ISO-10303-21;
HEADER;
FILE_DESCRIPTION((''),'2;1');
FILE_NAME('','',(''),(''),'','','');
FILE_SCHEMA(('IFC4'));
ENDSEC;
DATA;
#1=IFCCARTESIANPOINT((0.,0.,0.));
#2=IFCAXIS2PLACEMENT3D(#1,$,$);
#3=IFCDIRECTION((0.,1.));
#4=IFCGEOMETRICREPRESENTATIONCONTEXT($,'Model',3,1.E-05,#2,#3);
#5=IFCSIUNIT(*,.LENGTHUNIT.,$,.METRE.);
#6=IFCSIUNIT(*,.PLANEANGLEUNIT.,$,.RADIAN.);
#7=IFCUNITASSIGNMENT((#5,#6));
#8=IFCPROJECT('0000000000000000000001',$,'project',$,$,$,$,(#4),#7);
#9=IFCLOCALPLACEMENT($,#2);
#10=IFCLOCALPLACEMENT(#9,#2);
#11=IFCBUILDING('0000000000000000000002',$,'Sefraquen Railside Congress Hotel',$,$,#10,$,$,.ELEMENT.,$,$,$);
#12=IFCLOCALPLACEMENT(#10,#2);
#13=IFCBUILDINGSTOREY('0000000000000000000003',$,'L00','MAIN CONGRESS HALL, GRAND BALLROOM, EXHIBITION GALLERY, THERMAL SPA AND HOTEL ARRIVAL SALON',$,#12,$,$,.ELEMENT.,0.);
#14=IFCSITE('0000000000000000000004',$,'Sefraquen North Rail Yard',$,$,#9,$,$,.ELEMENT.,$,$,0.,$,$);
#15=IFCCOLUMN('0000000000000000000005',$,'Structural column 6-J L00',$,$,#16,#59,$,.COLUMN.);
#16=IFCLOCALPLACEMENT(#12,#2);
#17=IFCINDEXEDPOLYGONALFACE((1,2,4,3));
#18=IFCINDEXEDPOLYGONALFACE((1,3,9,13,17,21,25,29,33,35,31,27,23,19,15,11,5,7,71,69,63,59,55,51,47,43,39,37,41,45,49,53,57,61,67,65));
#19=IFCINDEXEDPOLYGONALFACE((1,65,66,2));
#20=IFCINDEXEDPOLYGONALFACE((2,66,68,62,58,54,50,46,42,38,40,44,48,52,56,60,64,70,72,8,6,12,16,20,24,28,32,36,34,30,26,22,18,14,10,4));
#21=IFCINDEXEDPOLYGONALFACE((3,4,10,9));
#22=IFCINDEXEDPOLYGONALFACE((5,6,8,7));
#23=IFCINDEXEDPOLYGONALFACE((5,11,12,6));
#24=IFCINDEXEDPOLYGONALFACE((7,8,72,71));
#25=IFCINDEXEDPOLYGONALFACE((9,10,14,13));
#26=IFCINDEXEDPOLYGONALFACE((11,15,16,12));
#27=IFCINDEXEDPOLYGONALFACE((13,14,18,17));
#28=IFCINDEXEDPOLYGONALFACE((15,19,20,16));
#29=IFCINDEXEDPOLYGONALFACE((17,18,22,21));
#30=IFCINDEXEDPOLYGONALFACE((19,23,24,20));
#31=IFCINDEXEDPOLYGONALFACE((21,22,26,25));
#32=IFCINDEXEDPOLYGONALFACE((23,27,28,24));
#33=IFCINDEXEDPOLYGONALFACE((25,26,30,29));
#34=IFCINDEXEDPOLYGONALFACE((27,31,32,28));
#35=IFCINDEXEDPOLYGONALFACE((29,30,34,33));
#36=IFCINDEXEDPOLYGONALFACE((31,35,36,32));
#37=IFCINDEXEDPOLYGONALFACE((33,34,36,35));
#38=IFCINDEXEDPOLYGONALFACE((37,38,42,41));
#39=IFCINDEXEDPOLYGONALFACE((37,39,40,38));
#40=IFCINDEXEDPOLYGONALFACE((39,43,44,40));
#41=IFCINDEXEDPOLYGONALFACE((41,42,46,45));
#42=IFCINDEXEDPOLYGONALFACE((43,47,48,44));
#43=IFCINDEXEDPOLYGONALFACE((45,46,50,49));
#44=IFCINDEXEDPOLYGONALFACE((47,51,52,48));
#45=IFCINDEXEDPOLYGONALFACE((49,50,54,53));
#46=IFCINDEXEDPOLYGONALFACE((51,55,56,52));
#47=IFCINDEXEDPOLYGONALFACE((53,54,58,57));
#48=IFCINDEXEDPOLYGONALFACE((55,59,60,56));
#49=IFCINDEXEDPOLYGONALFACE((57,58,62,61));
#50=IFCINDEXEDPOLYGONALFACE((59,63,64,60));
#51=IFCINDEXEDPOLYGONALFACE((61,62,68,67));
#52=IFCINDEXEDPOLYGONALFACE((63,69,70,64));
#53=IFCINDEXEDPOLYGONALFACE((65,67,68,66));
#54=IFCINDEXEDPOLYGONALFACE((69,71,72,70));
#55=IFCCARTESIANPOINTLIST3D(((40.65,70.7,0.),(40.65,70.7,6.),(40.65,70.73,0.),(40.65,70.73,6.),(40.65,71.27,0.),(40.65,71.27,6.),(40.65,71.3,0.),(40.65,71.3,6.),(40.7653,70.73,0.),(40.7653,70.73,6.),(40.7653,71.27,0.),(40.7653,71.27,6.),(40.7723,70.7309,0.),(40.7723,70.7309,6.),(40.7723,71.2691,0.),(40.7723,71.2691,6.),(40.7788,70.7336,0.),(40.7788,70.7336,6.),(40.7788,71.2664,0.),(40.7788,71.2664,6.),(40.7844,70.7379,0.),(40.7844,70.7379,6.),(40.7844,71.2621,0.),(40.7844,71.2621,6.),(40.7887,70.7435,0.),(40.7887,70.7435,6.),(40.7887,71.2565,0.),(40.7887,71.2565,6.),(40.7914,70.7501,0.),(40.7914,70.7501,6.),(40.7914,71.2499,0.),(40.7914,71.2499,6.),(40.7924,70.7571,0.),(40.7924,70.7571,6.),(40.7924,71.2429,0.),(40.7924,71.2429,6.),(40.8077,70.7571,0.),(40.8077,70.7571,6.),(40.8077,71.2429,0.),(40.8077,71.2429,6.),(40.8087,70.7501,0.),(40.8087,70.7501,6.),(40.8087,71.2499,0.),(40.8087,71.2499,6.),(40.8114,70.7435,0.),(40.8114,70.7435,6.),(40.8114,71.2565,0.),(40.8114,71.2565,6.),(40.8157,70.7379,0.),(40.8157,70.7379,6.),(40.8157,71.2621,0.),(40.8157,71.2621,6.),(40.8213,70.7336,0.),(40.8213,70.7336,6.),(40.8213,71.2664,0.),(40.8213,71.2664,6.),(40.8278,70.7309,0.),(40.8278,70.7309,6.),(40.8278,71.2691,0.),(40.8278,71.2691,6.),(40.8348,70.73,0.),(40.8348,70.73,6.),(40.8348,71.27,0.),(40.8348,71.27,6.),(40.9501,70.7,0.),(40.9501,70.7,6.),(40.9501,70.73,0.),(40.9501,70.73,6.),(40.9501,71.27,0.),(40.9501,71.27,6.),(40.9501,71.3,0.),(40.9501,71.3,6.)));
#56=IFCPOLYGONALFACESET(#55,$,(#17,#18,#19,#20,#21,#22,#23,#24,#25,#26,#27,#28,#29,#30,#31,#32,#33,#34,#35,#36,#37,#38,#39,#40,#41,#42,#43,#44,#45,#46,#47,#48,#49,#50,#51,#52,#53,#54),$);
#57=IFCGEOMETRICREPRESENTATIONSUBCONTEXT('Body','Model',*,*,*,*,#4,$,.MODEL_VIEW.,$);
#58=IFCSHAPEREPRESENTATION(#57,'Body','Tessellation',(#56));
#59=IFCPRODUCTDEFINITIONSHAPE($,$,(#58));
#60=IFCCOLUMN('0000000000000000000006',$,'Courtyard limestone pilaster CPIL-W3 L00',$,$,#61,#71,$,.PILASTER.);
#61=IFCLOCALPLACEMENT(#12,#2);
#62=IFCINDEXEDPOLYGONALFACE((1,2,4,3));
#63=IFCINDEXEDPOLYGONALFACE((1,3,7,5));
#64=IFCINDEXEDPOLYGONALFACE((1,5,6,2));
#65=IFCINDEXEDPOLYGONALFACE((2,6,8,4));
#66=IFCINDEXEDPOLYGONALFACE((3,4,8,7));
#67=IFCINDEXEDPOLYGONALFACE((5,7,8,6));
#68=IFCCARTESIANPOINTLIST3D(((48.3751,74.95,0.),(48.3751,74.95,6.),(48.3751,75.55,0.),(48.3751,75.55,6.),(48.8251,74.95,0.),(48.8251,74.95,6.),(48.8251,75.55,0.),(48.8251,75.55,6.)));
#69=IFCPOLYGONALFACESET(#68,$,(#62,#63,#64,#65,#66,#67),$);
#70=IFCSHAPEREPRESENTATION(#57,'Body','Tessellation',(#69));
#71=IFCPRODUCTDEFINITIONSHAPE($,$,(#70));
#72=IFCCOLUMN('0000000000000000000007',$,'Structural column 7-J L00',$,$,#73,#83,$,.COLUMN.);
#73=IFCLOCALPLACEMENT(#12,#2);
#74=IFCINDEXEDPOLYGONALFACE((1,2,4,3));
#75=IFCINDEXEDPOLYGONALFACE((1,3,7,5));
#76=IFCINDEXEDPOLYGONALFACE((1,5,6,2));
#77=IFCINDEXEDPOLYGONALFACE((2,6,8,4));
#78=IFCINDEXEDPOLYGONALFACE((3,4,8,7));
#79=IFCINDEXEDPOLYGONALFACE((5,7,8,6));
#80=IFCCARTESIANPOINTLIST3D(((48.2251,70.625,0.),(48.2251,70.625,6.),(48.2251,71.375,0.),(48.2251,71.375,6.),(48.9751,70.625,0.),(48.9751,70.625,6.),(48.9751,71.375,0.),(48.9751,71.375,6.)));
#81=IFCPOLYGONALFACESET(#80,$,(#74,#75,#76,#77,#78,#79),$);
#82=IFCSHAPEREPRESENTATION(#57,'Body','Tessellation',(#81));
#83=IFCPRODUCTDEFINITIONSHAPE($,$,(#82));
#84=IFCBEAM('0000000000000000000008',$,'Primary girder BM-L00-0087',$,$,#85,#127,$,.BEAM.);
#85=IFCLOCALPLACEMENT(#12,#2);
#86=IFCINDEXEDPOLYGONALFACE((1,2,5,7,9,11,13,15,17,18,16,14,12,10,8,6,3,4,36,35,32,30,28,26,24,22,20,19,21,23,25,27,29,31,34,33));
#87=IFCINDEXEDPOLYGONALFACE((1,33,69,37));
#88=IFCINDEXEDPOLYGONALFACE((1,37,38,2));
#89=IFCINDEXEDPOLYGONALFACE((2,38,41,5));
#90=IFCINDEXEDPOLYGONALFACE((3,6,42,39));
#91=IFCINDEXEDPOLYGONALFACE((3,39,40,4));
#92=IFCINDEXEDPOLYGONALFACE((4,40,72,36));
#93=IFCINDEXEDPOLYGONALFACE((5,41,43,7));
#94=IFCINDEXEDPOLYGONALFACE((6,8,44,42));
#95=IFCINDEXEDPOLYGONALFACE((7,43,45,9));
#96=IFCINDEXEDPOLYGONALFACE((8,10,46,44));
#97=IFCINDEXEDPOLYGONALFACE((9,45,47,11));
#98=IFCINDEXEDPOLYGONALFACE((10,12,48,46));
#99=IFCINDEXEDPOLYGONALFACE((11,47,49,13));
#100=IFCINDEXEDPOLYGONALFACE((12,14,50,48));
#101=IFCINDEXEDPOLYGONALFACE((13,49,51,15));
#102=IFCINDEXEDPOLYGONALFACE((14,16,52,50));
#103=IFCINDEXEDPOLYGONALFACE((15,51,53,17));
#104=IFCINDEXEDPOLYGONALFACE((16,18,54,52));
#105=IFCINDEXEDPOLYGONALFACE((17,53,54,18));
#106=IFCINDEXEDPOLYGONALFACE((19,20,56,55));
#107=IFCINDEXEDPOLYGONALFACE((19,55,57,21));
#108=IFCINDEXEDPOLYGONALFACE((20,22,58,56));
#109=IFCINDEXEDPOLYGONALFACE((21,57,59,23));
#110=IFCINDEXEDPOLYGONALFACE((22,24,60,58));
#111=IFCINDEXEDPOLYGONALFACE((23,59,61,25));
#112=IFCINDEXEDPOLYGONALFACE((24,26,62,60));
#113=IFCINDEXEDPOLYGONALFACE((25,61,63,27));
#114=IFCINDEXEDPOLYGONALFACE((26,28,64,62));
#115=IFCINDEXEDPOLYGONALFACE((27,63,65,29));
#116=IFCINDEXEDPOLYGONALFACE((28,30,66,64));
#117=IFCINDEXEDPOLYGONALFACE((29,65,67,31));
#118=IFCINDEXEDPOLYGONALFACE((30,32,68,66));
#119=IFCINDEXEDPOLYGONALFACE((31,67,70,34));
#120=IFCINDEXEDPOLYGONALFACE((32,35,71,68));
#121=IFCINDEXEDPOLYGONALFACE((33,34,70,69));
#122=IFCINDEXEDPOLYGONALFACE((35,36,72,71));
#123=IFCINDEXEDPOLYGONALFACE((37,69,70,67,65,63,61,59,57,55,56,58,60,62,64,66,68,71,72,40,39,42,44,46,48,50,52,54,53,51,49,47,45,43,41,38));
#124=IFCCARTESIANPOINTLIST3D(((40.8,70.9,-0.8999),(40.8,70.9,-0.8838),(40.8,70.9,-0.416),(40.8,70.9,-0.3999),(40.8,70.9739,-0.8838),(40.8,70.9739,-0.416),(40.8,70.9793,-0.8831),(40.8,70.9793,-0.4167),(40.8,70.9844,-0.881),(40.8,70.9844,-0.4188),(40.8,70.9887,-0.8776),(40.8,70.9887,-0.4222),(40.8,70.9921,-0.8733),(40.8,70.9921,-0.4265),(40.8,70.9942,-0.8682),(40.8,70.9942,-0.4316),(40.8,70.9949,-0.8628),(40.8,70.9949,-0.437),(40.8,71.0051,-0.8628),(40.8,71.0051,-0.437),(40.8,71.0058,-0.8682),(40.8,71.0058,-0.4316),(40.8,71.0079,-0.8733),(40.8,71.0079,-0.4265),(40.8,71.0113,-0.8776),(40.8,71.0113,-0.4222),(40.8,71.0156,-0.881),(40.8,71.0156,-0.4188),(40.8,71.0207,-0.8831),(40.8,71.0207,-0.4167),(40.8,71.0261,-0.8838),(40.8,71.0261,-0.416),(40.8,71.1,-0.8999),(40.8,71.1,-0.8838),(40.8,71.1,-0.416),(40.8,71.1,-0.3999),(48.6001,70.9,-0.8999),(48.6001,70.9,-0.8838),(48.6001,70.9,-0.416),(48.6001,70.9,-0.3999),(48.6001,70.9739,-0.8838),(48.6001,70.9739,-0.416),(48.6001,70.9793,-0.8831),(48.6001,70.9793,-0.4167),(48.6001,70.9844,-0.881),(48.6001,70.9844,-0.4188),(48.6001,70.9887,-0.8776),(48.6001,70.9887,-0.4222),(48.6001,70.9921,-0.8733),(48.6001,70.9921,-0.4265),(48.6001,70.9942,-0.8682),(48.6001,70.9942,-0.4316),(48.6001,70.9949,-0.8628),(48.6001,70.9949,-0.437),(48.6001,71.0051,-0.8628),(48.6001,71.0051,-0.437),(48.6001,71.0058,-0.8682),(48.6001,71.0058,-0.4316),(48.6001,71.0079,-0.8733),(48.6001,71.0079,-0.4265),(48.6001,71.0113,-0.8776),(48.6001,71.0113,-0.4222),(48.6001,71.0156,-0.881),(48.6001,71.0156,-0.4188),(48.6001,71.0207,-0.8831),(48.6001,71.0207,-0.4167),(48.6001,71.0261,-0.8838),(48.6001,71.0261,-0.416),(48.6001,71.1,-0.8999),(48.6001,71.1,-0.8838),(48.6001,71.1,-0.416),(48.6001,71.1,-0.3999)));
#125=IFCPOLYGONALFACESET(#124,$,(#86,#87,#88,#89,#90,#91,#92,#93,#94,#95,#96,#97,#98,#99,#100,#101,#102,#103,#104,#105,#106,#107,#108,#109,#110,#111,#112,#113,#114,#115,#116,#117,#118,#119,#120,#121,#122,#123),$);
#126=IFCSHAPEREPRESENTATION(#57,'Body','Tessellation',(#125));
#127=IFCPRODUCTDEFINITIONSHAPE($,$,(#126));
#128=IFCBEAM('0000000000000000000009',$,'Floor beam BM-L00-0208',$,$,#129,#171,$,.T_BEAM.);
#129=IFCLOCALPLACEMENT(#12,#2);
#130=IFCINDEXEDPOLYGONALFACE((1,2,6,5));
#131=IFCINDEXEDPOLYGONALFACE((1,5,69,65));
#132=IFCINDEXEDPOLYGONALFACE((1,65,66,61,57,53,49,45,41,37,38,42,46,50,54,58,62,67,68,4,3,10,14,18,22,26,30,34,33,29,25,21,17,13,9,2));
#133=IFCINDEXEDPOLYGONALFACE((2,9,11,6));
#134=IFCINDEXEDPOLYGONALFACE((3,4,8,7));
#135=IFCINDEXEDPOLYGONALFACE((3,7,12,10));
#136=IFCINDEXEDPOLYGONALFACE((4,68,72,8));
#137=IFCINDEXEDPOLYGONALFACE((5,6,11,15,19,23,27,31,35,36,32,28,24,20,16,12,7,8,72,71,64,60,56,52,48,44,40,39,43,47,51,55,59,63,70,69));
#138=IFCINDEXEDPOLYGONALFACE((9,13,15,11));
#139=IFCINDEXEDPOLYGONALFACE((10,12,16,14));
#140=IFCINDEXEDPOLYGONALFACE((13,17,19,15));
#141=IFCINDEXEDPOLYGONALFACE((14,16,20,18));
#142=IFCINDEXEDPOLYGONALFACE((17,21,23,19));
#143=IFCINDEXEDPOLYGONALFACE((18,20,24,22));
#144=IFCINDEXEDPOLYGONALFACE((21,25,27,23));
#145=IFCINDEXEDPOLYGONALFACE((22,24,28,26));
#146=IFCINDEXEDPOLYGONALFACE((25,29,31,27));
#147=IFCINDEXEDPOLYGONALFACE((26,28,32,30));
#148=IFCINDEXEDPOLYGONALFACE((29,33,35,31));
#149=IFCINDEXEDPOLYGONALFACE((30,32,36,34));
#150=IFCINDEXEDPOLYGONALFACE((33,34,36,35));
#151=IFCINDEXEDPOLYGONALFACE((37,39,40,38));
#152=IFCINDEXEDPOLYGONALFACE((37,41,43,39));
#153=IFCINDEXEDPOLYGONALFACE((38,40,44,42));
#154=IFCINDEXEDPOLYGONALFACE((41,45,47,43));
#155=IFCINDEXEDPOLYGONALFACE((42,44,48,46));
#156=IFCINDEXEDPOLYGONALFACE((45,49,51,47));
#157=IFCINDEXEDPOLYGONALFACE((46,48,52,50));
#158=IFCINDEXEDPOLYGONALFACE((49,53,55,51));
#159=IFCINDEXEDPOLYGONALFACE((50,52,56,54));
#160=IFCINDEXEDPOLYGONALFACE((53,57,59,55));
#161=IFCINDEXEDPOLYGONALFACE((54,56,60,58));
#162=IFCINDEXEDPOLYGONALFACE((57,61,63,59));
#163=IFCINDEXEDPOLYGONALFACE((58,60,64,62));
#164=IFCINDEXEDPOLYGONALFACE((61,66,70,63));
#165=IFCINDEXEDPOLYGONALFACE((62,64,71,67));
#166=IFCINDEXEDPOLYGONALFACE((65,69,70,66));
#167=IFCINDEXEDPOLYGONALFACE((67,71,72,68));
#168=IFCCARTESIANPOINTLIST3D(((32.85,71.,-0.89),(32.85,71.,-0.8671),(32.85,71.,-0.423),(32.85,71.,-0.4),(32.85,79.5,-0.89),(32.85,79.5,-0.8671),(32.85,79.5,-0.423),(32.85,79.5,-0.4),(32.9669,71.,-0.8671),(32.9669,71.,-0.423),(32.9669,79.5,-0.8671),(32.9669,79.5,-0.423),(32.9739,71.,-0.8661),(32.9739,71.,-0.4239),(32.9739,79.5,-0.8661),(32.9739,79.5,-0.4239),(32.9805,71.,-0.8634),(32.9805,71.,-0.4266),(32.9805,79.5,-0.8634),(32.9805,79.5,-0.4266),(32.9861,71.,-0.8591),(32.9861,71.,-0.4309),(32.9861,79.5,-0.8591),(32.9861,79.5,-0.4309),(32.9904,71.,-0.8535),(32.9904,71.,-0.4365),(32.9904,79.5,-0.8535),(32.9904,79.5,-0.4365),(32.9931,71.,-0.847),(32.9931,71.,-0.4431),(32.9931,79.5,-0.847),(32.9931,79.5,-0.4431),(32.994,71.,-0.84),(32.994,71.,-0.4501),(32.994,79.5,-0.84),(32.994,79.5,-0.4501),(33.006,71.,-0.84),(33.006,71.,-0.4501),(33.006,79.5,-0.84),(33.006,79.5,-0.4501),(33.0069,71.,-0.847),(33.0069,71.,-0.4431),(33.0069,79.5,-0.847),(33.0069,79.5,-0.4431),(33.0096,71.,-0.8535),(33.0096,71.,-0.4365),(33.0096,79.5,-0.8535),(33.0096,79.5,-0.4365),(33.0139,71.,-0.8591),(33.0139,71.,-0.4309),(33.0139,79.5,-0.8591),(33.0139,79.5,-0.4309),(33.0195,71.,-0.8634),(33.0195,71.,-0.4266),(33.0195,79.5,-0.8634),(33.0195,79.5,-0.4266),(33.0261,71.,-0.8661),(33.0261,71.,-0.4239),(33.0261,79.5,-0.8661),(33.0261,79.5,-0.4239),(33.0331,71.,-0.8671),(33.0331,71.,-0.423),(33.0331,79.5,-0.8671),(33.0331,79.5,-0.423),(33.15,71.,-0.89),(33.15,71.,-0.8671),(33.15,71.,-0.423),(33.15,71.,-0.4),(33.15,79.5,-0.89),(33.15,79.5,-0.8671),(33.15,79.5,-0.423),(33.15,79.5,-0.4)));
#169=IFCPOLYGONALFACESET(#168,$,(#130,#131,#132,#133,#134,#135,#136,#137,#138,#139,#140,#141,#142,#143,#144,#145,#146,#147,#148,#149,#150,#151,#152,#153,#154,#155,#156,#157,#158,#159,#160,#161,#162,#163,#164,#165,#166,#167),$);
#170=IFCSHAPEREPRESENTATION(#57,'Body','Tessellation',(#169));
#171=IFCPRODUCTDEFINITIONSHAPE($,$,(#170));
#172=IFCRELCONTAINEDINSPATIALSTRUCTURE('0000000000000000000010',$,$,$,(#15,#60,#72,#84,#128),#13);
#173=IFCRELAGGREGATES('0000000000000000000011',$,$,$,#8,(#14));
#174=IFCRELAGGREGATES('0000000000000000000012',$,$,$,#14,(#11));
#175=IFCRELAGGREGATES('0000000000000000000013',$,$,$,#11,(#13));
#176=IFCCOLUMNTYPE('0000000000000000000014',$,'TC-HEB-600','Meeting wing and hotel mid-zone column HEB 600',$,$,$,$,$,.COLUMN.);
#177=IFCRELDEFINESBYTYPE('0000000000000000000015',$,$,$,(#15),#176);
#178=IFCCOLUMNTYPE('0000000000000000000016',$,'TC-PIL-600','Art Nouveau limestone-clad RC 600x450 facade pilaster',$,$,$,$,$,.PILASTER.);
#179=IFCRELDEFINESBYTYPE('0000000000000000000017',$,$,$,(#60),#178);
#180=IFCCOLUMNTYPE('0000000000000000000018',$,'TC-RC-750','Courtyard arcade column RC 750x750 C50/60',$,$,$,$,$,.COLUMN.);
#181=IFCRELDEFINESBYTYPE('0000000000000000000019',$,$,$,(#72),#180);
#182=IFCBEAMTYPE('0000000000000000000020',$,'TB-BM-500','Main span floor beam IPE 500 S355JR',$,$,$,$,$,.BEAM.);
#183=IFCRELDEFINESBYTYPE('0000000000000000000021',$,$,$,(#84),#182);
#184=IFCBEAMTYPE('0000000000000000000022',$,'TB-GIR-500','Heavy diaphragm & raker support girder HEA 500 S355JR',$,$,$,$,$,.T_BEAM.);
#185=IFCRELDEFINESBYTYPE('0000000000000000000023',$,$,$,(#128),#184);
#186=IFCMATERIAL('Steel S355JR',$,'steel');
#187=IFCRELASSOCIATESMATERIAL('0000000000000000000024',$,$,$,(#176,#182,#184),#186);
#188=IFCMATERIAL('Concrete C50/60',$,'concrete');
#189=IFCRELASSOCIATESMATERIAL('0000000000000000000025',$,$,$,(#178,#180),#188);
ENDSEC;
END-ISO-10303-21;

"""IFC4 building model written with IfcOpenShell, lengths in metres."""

from ifc_helpers import new_model, si_unit, direction, frame, origin, origin_2d, place, context, subcontext, project, spatial, rectangle, i_section, extrude, material, material_profile, profile_set, type_object, element, save


model = new_model("IFC4")

# Units and contexts
model_context = context("Model", 3, precision=1e-05, world=origin(), true_north=direction((0.0, 1.0)))
body_context = subcontext(model_context, "Body", "Model", "MODEL_VIEW")
ifc_project = project(units=[si_unit("LENGTHUNIT", "METRE"), si_unit("PLANEANGLEUNIT", "RADIAN")], contexts=[model_context])

# Site, building, storey
site_placement = place(None, origin())
site = spatial("IfcSite", under=ifc_project, at=site_placement, Name="Sefraquen North Rail Yard", CompositionType="ELEMENT", RefElevation=0.0)
building_placement = place(site_placement, origin())
building = spatial("IfcBuilding", under=site, at=building_placement, Name="Sefraquen Railside Congress Hotel", CompositionType="ELEMENT")
storey_placement = place(building_placement, origin())
storey = spatial("IfcBuildingStorey", under=building, at=storey_placement, Name="L00", Description="MAIN CONGRESS HALL, GRAND BALLROOM, EXHIBITION GALLERY, THERMAL SPA AND HOTEL ARRIVAL SALON", CompositionType="ELEMENT", Elevation=0.0)

# Columns
ifc_material_1 = material(Name="Steel S355JR", Category="steel")
ifc_material_profile_1 = material_profile(ifc_material_1, i_section(OverallWidth=0.3, OverallDepth=0.6001, WebThickness=0.0154, FlangeThickness=0.03, FilletRadius=0.0271, at=origin_2d()), Name="HEB 600")
ifc_profile_set_1 = profile_set([ifc_material_profile_1], Name="Steel S355JR")
column_type_1 = type_object("IfcColumnType", Name="TC-HEB-600", Description="Meeting wing and hotel mid-zone column HEB 600", PredefinedType="COLUMN", material=ifc_profile_set_1)
column_1_placement = place(storey_placement, frame((40.8, 71.0, 0.0), z_axis=(0.0, 0.0, 1.0), x_axis=(1.0, 0.0, 0.0)))
element("IfcColumn", 1, at=column_1_placement, inside=storey, type_object=column_type_1, Name="Structural column 6-J L00", PredefinedType="COLUMN", context=body_context, shape_type="SweptSolid", body=[
    extrude(i_section(OverallWidth=0.3, OverallDepth=0.6001, WebThickness=0.0154, FlangeThickness=0.03, FilletRadius=0.0271, at=origin_2d()), origin(), (0.0, 0.0, 1.0), 6.0),
])
ifc_material_2 = material(Name="Concrete C50/60", Category="concrete")
ifc_material_profile_2 = material_profile(ifc_material_2, rectangle(XDim=0.45, YDim=0.6001, at=origin_2d()), Name="RC 600x450")
ifc_profile_set_2 = profile_set([ifc_material_profile_2], Name="Concrete C50/60")
column_type_2 = type_object("IfcColumnType", Name="TC-PIL-600", Description="Art Nouveau limestone-clad RC 600x450 facade pilaster", PredefinedType="PILASTER", material=ifc_profile_set_2)
column_2_placement = place(storey_placement, frame((48.6001, 75.25, 0.0), z_axis=(0.0, 0.0, 1.0), x_axis=(1.0, 0.0, 0.0)))
element("IfcColumn", 2, at=column_2_placement, inside=storey, type_object=column_type_2, Name="Courtyard limestone pilaster CPIL-W3 L00", PredefinedType="PILASTER", context=body_context, shape_type="SweptSolid", body=[
    extrude(rectangle(XDim=0.45, YDim=0.6001, at=origin_2d()), origin(), (0.0, 0.0, 1.0), 6.0),
])
ifc_material_profile_3 = material_profile(ifc_material_2, rectangle(XDim=0.75, YDim=0.75, at=origin_2d()), Name="RC 750x750")
ifc_profile_set_3 = profile_set([ifc_material_profile_3], Name="Concrete C50/60")
column_type_3 = type_object("IfcColumnType", Name="TC-RC-750", Description="Courtyard arcade column RC 750x750 C50/60", PredefinedType="COLUMN", material=ifc_profile_set_3)
column_3_placement = place(storey_placement, frame((48.6001, 71.0, 0.0), z_axis=(0.0, 0.0, 1.0), x_axis=(1.0, 0.0, 0.0)))
element("IfcColumn", 3, at=column_3_placement, inside=storey, type_object=column_type_3, Name="Structural column 7-J L00", PredefinedType="COLUMN", context=body_context, shape_type="SweptSolid", body=[
    extrude(rectangle(XDim=0.75, YDim=0.75, at=origin_2d()), origin(), (0.0, 0.0, 1.0), 6.0),
])

# Beams
ifc_material_profile_4 = material_profile(ifc_material_1, i_section(OverallWidth=0.2, OverallDepth=0.5, WebThickness=0.0103, FlangeThickness=0.0161, FilletRadius=0.021, at=origin_2d()), Name="IPE 500")
ifc_profile_set_4 = profile_set([ifc_material_profile_4], Name="Steel S355JR")
beam_type_1 = type_object("IfcBeamType", Name="TB-BM-500", Description="Main span floor beam IPE 500 S355JR", PredefinedType="BEAM", material=ifc_profile_set_4)
beam_placement = place(storey_placement, frame((40.8, 71.0, -0.6499), z_axis=(1.0, 0.0, 0.0), x_axis=(0.0, 1.0, 0.0)))
element("IfcBeam", 4, at=beam_placement, inside=storey, type_object=beam_type_1, Name="Primary girder BM-L00-0087", PredefinedType="BEAM", context=body_context, shape_type="SweptSolid", body=[
    extrude(i_section(OverallWidth=0.2, OverallDepth=0.5, WebThickness=0.0103, FlangeThickness=0.0161, FilletRadius=0.021, at=origin_2d()), origin(), (0.0, 0.0, 1.0), 7.8),
])
ifc_material_profile_5 = material_profile(ifc_material_1, i_section(OverallWidth=0.3, OverallDepth=0.49, WebThickness=0.012, FlangeThickness=0.0229, FilletRadius=0.0271, at=origin_2d()), Name="HEA 500")
ifc_profile_set_5 = profile_set([ifc_material_profile_5], Name="Steel S355JR")
beam_type_2 = type_object("IfcBeamType", Name="TB-GIR-500", Description="Heavy diaphragm & raker support girder HEA 500 S355JR", PredefinedType="T_BEAM", material=ifc_profile_set_5)
for number, where, z_axis, x_axis, name in (
    (5, (33.0, 71.0, -0.645), (0.0, 1.0, 0.0), (-1.0, 0.0, 0.0), "Floor beam BM-L00-0208"),
):
    element("IfcBeam", number, at=place(storey_placement, frame(where, z_axis=z_axis, x_axis=x_axis)), inside=storey, type_object=beam_type_2, Name=name, PredefinedType="T_BEAM", context=body_context, shape_type="SweptSolid", body=[
        extrude(i_section(OverallWidth=0.3, OverallDepth=0.49, WebThickness=0.012, FlangeThickness=0.0229, FilletRadius=0.0271, at=origin_2d()), origin(), (0.0, 0.0, 1.0), 8.5),
    ])

save(model, "model.ifc")
